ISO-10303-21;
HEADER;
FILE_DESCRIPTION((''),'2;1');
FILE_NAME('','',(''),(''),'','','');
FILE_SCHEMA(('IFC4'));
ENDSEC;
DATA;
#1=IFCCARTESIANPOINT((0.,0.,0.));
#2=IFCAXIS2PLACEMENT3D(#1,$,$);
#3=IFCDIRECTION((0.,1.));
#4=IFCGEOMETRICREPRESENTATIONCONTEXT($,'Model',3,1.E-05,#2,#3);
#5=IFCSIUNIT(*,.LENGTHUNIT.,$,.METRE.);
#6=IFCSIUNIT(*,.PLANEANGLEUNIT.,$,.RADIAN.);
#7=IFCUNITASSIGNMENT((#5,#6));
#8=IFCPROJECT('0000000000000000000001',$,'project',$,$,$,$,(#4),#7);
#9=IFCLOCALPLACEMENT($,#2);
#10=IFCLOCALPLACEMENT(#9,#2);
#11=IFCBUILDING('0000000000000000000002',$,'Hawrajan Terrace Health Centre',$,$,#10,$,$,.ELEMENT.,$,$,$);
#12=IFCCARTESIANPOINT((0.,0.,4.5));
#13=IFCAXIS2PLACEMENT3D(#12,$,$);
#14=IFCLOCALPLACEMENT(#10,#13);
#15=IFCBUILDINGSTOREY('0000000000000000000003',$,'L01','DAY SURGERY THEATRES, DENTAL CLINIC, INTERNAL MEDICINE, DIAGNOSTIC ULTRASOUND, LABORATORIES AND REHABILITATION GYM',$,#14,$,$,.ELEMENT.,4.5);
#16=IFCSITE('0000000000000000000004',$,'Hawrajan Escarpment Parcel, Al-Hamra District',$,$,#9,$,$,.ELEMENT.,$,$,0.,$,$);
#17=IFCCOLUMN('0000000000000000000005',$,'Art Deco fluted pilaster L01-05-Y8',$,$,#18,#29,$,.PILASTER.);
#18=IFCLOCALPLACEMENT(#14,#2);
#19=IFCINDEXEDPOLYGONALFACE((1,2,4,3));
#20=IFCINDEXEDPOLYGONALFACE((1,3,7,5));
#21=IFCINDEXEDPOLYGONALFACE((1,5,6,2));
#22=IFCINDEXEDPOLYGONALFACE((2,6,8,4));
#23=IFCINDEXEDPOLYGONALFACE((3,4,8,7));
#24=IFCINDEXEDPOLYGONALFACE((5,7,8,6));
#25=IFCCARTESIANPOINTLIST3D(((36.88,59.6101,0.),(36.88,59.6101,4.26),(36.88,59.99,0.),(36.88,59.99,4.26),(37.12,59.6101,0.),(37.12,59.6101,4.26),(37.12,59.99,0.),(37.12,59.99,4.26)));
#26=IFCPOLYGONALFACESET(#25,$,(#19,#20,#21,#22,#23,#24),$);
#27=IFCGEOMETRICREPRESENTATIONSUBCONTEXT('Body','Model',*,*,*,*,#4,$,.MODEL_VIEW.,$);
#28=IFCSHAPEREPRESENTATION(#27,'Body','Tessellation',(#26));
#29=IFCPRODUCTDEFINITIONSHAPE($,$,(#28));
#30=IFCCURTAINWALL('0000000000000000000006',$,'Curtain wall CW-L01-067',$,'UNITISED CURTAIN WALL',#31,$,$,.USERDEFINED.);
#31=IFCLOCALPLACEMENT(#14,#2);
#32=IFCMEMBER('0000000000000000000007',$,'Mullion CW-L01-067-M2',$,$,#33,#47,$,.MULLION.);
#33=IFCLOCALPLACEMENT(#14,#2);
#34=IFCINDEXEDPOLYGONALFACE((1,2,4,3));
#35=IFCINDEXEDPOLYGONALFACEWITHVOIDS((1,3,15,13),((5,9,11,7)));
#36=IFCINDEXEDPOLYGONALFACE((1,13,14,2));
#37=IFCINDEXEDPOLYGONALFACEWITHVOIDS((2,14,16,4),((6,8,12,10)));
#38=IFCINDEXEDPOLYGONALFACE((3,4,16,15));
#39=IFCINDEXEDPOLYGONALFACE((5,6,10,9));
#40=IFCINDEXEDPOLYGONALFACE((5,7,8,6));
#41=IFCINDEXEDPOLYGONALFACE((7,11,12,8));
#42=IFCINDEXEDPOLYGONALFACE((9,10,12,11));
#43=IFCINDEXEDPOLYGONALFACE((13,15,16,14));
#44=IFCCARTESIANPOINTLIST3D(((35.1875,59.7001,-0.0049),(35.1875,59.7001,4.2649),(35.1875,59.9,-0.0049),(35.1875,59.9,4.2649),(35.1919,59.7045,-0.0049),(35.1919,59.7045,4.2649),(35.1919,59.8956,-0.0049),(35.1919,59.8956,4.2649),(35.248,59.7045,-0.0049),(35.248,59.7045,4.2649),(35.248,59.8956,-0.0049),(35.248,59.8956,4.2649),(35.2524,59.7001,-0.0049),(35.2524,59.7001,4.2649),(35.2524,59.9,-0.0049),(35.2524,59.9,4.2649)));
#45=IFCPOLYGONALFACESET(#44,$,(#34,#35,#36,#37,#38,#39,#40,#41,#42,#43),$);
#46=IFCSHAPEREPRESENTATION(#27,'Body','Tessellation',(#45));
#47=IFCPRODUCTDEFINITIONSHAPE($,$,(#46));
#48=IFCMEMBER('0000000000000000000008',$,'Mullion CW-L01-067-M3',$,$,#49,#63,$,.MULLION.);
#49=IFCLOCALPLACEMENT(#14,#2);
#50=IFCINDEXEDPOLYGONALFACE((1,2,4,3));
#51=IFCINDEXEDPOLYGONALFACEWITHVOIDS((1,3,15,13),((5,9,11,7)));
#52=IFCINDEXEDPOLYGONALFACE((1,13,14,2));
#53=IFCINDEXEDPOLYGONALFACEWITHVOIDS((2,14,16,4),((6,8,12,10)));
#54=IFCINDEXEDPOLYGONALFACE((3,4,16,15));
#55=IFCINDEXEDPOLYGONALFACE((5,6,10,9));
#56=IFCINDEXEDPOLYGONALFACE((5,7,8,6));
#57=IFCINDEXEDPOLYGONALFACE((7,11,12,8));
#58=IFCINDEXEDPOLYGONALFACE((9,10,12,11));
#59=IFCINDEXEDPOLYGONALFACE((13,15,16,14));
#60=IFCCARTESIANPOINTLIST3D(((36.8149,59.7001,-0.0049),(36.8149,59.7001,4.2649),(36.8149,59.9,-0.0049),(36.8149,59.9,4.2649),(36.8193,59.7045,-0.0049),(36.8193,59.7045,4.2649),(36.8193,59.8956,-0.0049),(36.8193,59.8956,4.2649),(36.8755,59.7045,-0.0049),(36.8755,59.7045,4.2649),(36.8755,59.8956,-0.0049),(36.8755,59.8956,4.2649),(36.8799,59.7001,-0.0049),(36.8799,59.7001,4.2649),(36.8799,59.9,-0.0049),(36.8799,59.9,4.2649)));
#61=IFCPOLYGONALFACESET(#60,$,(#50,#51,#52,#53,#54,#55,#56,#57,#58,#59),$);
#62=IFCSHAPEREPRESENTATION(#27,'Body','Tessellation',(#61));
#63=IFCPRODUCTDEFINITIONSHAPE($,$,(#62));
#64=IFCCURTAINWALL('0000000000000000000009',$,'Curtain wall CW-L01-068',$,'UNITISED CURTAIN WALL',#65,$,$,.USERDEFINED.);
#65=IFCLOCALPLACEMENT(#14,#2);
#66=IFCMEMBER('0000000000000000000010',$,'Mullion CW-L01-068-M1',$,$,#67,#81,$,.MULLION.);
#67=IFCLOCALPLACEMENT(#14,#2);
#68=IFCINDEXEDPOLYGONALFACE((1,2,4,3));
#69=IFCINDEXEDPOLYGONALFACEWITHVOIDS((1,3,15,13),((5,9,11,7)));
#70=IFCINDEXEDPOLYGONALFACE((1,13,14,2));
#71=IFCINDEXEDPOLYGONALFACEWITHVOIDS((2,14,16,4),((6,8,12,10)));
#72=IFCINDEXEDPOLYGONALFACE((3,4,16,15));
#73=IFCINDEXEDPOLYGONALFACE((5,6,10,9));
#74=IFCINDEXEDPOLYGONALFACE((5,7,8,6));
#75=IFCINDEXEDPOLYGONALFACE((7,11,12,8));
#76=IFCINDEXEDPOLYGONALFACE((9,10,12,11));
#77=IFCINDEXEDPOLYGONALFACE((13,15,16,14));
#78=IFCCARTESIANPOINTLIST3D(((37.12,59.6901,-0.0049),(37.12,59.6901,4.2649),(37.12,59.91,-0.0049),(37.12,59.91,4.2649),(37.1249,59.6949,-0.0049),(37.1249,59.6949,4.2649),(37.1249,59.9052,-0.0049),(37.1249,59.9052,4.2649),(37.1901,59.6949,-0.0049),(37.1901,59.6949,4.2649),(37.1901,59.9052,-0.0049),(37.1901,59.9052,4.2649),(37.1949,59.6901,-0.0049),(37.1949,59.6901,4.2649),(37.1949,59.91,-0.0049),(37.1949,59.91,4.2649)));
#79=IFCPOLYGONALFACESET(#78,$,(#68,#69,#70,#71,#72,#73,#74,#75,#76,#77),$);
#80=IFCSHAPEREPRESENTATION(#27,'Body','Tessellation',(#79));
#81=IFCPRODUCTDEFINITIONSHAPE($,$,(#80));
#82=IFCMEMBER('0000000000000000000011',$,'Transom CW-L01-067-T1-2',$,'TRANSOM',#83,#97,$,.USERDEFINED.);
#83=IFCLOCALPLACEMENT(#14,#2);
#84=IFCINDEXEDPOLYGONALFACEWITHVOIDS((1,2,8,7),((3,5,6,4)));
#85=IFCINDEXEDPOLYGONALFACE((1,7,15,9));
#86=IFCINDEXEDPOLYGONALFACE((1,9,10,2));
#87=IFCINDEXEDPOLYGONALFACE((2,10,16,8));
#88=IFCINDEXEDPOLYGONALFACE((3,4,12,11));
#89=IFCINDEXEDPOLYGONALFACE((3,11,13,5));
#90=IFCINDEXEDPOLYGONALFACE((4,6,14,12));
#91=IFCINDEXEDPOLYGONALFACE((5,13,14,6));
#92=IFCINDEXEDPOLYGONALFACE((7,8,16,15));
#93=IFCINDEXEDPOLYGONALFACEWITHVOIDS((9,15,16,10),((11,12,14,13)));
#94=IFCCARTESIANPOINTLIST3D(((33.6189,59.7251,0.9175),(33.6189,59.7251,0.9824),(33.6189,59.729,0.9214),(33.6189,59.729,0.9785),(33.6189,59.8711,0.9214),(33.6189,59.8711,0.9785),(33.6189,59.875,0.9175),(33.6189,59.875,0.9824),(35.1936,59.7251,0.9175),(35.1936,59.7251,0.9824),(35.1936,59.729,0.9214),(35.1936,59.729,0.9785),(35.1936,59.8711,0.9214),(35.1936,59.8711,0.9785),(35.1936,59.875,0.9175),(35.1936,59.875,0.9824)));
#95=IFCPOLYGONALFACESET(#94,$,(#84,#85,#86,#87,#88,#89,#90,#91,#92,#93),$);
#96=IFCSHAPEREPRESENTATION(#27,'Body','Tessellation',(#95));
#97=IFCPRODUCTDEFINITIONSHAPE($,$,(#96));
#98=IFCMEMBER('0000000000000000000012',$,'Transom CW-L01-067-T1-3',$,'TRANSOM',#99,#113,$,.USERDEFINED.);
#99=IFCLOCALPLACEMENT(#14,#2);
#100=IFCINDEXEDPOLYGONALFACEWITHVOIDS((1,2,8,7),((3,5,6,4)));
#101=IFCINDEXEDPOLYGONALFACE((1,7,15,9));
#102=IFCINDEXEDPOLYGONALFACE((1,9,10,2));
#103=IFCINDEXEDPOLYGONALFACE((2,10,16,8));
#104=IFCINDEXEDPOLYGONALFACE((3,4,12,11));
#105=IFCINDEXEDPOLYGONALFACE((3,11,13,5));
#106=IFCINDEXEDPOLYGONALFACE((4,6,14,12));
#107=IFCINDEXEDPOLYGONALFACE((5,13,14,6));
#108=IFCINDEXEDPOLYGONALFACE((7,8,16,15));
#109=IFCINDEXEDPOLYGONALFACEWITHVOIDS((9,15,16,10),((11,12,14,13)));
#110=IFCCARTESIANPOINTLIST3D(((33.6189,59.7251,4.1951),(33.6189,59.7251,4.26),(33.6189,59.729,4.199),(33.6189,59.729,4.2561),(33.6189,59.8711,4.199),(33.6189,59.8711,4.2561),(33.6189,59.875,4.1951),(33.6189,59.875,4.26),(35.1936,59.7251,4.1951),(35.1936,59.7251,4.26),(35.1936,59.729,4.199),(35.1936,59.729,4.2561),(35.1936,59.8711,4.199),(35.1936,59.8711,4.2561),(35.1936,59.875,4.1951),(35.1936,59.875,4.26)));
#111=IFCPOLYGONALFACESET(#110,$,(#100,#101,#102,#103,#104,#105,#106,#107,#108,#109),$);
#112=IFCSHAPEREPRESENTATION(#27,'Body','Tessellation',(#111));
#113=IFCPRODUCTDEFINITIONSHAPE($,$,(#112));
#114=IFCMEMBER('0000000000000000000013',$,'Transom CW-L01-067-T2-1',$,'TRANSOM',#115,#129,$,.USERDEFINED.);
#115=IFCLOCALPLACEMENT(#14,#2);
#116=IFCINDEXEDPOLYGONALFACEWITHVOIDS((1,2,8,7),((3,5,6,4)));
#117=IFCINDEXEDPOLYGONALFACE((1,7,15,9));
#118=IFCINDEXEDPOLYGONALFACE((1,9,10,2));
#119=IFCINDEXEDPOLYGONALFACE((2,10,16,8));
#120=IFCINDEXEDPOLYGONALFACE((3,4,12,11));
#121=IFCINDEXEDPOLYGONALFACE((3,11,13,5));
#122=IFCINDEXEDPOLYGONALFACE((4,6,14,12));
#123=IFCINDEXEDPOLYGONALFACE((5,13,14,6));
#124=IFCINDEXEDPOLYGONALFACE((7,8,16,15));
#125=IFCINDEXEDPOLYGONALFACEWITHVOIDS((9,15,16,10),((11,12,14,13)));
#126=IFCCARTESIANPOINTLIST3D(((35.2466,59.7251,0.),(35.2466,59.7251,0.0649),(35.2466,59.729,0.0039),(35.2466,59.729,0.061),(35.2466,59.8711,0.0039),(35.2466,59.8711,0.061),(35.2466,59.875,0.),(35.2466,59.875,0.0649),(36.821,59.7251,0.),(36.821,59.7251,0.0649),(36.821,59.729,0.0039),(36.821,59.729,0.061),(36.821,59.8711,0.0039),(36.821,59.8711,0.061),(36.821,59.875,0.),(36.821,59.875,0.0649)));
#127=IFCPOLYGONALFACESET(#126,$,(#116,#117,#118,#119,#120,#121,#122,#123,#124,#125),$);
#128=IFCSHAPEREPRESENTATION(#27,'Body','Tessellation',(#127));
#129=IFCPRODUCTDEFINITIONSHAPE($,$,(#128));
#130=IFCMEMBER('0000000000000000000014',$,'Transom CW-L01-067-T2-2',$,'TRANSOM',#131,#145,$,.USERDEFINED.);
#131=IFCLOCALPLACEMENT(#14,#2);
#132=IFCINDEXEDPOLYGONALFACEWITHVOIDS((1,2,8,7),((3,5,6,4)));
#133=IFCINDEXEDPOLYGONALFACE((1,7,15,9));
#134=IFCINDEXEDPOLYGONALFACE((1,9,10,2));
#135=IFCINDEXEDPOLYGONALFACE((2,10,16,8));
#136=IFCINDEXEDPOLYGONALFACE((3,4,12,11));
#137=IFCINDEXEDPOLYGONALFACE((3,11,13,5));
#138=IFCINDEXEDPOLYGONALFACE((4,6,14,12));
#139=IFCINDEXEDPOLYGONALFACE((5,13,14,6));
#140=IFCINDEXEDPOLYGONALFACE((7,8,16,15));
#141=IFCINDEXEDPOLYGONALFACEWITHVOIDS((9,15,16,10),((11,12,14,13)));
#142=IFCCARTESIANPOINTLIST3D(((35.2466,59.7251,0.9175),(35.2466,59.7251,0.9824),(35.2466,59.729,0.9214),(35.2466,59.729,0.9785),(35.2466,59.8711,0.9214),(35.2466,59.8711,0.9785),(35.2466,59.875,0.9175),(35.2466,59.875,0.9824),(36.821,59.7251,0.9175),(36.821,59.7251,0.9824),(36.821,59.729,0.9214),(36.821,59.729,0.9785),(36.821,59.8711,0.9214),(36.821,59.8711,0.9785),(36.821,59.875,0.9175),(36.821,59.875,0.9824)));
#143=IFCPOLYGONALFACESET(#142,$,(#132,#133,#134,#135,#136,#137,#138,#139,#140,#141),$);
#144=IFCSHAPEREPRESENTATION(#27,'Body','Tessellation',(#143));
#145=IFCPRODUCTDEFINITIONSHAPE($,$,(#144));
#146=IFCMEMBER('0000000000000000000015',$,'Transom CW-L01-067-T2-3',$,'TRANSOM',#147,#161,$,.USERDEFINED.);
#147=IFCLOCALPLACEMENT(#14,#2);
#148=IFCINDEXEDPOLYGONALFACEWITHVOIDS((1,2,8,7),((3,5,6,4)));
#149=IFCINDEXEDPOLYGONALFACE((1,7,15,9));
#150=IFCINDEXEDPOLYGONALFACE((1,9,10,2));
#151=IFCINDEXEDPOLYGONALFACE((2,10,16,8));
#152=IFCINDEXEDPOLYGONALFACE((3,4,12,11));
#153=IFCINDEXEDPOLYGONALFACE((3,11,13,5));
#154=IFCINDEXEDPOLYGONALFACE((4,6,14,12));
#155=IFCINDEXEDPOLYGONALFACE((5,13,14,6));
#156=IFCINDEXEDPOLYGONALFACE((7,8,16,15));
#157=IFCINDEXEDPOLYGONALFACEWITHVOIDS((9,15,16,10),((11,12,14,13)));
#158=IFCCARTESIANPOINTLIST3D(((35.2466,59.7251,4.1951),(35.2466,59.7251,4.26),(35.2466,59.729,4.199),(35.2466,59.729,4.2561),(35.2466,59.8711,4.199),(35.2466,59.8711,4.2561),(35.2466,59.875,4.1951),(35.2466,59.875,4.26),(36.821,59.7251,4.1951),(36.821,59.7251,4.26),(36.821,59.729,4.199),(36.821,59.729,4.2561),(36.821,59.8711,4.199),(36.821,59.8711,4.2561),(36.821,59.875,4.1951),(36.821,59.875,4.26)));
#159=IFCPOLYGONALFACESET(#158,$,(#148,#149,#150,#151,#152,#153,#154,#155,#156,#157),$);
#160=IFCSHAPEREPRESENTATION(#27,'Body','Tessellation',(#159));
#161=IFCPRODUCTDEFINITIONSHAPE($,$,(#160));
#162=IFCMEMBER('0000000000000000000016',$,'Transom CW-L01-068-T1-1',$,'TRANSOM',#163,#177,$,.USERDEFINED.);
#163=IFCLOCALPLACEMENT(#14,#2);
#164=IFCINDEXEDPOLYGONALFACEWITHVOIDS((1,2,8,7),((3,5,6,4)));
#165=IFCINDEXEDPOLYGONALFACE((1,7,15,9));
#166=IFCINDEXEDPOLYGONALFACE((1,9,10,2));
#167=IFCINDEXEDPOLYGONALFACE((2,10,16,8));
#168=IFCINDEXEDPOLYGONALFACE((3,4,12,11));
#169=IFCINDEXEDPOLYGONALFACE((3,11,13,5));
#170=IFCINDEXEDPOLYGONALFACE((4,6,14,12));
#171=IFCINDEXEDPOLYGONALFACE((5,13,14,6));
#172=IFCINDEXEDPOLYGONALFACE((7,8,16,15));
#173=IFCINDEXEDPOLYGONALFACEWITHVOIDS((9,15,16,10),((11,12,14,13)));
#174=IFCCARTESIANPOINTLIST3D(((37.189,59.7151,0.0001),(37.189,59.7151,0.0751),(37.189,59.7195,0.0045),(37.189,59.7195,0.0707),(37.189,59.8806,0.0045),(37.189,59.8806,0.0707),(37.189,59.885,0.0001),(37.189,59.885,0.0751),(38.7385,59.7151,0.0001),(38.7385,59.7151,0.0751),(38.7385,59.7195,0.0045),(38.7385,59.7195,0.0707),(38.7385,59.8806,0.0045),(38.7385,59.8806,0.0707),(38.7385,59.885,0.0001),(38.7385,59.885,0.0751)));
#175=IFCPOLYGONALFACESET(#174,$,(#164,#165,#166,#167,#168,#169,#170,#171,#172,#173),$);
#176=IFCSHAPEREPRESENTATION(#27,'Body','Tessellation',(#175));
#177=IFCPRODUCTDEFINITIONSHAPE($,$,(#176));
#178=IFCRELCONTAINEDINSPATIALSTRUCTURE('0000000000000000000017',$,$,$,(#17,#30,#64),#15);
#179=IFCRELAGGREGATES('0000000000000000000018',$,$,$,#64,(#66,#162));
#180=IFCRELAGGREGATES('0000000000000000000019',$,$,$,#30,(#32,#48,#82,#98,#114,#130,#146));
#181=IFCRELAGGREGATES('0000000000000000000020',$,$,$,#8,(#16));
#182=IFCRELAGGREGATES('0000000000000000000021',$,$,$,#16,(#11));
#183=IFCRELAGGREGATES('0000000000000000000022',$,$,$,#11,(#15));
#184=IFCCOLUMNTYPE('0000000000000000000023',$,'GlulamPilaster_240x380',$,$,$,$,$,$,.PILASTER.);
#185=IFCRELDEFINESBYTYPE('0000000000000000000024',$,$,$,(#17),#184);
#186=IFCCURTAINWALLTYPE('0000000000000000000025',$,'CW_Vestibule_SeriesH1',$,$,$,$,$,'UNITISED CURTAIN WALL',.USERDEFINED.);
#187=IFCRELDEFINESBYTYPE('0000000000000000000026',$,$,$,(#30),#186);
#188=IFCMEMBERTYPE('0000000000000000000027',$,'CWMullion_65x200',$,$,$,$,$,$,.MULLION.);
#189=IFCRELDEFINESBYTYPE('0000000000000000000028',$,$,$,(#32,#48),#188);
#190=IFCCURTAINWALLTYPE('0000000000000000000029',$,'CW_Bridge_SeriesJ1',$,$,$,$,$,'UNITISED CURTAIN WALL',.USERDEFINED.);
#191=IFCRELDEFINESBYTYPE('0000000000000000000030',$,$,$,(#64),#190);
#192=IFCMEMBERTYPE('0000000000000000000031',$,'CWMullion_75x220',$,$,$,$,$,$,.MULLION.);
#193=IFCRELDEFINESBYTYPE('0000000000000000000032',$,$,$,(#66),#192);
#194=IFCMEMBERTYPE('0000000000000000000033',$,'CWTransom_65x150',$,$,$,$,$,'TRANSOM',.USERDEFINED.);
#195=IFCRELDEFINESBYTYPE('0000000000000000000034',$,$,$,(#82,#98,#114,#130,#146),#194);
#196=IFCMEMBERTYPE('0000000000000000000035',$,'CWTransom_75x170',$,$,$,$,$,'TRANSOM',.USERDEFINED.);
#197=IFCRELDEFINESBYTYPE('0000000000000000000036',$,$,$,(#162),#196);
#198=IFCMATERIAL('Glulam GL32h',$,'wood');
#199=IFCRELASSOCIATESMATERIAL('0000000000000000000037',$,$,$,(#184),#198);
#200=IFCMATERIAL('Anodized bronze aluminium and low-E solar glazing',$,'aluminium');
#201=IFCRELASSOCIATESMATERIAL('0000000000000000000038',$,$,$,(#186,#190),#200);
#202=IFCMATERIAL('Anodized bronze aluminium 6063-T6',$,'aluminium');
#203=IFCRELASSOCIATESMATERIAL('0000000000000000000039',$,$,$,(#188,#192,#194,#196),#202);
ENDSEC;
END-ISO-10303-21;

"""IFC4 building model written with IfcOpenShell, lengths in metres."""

from ifc_helpers import new_model, si_unit, direction, frame, origin, origin_2d, place, context, subcontext, project, spatial, rectangle, hollow_rectangle, extrude, material, material_profile, profile_set, type_object, element, aggregate, save


model = new_model("IFC4")

# Units and contexts
model_context = context("Model", 3, precision=1e-05, world=origin(), true_north=direction((0.0, 1.0)))
body_context = subcontext(model_context, "Body", "Model", "MODEL_VIEW")
ifc_project = project(units=[si_unit("LENGTHUNIT", "METRE"), si_unit("PLANEANGLEUNIT", "RADIAN")], contexts=[model_context])

# Site, building, storey
site_placement = place(None, origin())
site = spatial("IfcSite", under=ifc_project, at=site_placement, Name="Hawrajan Escarpment Parcel, Al-Hamra District", CompositionType="ELEMENT", RefElevation=0.0)
building_placement = place(site_placement, origin())
building = spatial("IfcBuilding", under=site, at=building_placement, Name="Hawrajan Terrace Health Centre", CompositionType="ELEMENT")
storey_placement = place(building_placement, frame((0.0, 0.0, 4.5)))
storey = spatial("IfcBuildingStorey", under=building, at=storey_placement, Name="L01", Description="DAY SURGERY THEATRES, DENTAL CLINIC, INTERNAL MEDICINE, DIAGNOSTIC ULTRASOUND, LABORATORIES AND REHABILITATION GYM", CompositionType="ELEMENT", Elevation=4.5)

# Column
ifc_material_1 = material(Name="Glulam GL32h", Category="wood")
ifc_material_profile_1 = material_profile(ifc_material_1, rectangle(XDim=0.24, YDim=0.3799, at=origin_2d()), Name="GL PIL 240x380")
ifc_profile_set_1 = profile_set([ifc_material_profile_1], Name="Glulam GL32h")
column_type = type_object("IfcColumnType", Name="GlulamPilaster_240x380", PredefinedType="PILASTER", material=ifc_profile_set_1)
column_placement = place(storey_placement, frame((37.0, 59.8, 0.0), z_axis=(0.0, 0.0, 1.0), x_axis=(1.0, 0.0, 0.0)))
element("IfcColumn", 1, at=column_placement, inside=storey, type_object=column_type, Name="Art Deco fluted pilaster L01-05-Y8", PredefinedType="PILASTER", context=body_context, shape_type="SweptSolid", body=[
    extrude(rectangle(XDim=0.24, YDim=0.3799, at=origin_2d()), origin(), (0.0, 0.0, 1.0), 4.26),
])

# Curtain wall, members
ifc_material_2 = material(Name="Anodized bronze aluminium and low-E solar glazing", Category="aluminium")
curtain_wall_type_1 = type_object("IfcCurtainWallType", Name="CW_Vestibule_SeriesH1", ElementType="UNITISED CURTAIN WALL", PredefinedType="USERDEFINED", material=ifc_material_2)
curtain_wall_1_placement = place(storey_placement, origin())
curtain_wall_1 = element("IfcCurtainWall", 2, at=curtain_wall_1_placement, inside=storey, type_object=curtain_wall_type_1, Name="Curtain wall CW-L01-067", ObjectType="UNITISED CURTAIN WALL", PredefinedType="USERDEFINED")
ifc_material_3 = material(Name="Anodized bronze aluminium 6063-T6", Category="aluminium")
ifc_material_profile_2 = material_profile(ifc_material_3, hollow_rectangle(XDim=0.0649, YDim=0.2, WallThickness=0.0044, at=origin_2d()), Name="CW MUL 65x200")
ifc_profile_set_2 = profile_set([ifc_material_profile_2], Name="Anodized bronze aluminium 6063-T6")
member_type_1 = type_object("IfcMemberType", Name="CWMullion_65x200", PredefinedType="MULLION", material=ifc_profile_set_2)
member_1_placement = place(storey_placement, frame((35.22, 59.8, -0.0049), z_axis=(0.0, 0.0, 1.0), x_axis=(1.0, 0.0, 0.0)))
member_1 = element("IfcMember", 3, at=member_1_placement, type_object=member_type_1, Name="Mullion CW-L01-067-M2", PredefinedType="MULLION", context=body_context, shape_type="SweptSolid", body=[
    extrude(hollow_rectangle(XDim=0.0649, YDim=0.2, WallThickness=0.0044, at=origin_2d()), origin(), (0.0, 0.0, 1.0), 4.2698),
])
member_2_placement = place(storey_placement, frame((36.8474, 59.8, -0.0049), z_axis=(0.0, 0.0, 1.0), x_axis=(1.0, 0.0, 0.0)))
member_2 = element("IfcMember", 4, at=member_2_placement, type_object=member_type_1, Name="Mullion CW-L01-067-M3", PredefinedType="MULLION", context=body_context, shape_type="SweptSolid", body=[
    extrude(hollow_rectangle(XDim=0.0649, YDim=0.2, WallThickness=0.0044, at=origin_2d()), origin(), (0.0, 0.0, 1.0), 4.2698),
])

# Curtain wall, member
curtain_wall_type_2 = type_object("IfcCurtainWallType", Name="CW_Bridge_SeriesJ1", ElementType="UNITISED CURTAIN WALL", PredefinedType="USERDEFINED", material=ifc_material_2)
curtain_wall_2_placement = place(storey_placement, origin())
curtain_wall_2 = element("IfcCurtainWall", 5, at=curtain_wall_2_placement, inside=storey, type_object=curtain_wall_type_2, Name="Curtain wall CW-L01-068", ObjectType="UNITISED CURTAIN WALL", PredefinedType="USERDEFINED")
ifc_material_profile_3 = material_profile(ifc_material_3, hollow_rectangle(XDim=0.075, YDim=0.22, WallThickness=0.0049, at=origin_2d()), Name="CW MUL 75x220")
ifc_profile_set_3 = profile_set([ifc_material_profile_3], Name="Anodized bronze aluminium 6063-T6")
member_type_2 = type_object("IfcMemberType", Name="CWMullion_75x220", PredefinedType="MULLION", material=ifc_profile_set_3)
member_3_placement = place(storey_placement, frame((37.1575, 59.8, -0.0049), z_axis=(0.0, 0.0, 1.0), x_axis=(1.0, 0.0, 0.0)))
member_3 = element("IfcMember", 6, at=member_3_placement, type_object=member_type_2, Name="Mullion CW-L01-068-M1", PredefinedType="MULLION", context=body_context, shape_type="SweptSolid", body=[
    extrude(hollow_rectangle(XDim=0.075, YDim=0.22, WallThickness=0.0049, at=origin_2d()), origin(), (0.0, 0.0, 1.0), 4.2698),
])

# Members
ifc_material_profile_4 = material_profile(ifc_material_3, hollow_rectangle(XDim=0.0649, YDim=0.1499, WallThickness=0.0039, at=origin_2d()), Name="CW TRN 65x150")
ifc_profile_set_4 = profile_set([ifc_material_profile_4], Name="Anodized bronze aluminium 6063-T6")
member_type_3 = type_object("IfcMemberType", Name="CWTransom_65x150", ElementType="TRANSOM", PredefinedType="USERDEFINED", material=ifc_profile_set_4)
member_4_placement = place(storey_placement, frame((33.6189, 59.8, 0.95), z_axis=(1.0, 0.0, 0.0), x_axis=(0.0, 0.0, 1.0)))
member_4 = element("IfcMember", 7, at=member_4_placement, type_object=member_type_3, Name="Transom CW-L01-067-T1-2", ObjectType="TRANSOM", PredefinedType="USERDEFINED", context=body_context, shape_type="SweptSolid", body=[
    extrude(hollow_rectangle(XDim=0.0649, YDim=0.1499, WallThickness=0.0039, at=origin_2d()), origin(), (0.0, 0.0, 1.0), 1.5747),
])
member_5_placement = place(storey_placement, frame((33.6189, 59.8, 4.2275), z_axis=(1.0, 0.0, 0.0), x_axis=(0.0, 0.0, 1.0)))
member_5 = element("IfcMember", 8, at=member_5_placement, type_object=member_type_3, Name="Transom CW-L01-067-T1-3", ObjectType="TRANSOM", PredefinedType="USERDEFINED", context=body_context, shape_type="SweptSolid", body=[
    extrude(hollow_rectangle(XDim=0.0649, YDim=0.1499, WallThickness=0.0039, at=origin_2d()), origin(), (0.0, 0.0, 1.0), 1.5747),
])
member_6_placement = place(storey_placement, frame((35.2466, 59.8, 0.0325), z_axis=(1.0, 0.0, 0.0), x_axis=(0.0, 0.0, 1.0)))
member_6 = element("IfcMember", 9, at=member_6_placement, type_object=member_type_3, Name="Transom CW-L01-067-T2-1", ObjectType="TRANSOM", PredefinedType="USERDEFINED", context=body_context, shape_type="SweptSolid", body=[
    extrude(hollow_rectangle(XDim=0.0649, YDim=0.1499, WallThickness=0.0039, at=origin_2d()), origin(), (0.0, 0.0, 1.0), 1.5745),
])
member_7_placement = place(storey_placement, frame((35.2466, 59.8, 0.95), z_axis=(1.0, 0.0, 0.0), x_axis=(0.0, 0.0, 1.0)))
member_7 = element("IfcMember", 10, at=member_7_placement, type_object=member_type_3, Name="Transom CW-L01-067-T2-2", ObjectType="TRANSOM", PredefinedType="USERDEFINED", context=body_context, shape_type="SweptSolid", body=[
    extrude(hollow_rectangle(XDim=0.0649, YDim=0.1499, WallThickness=0.0039, at=origin_2d()), origin(), (0.0, 0.0, 1.0), 1.5745),
])
member_8_placement = place(storey_placement, frame((35.2466, 59.8, 4.2275), z_axis=(1.0, 0.0, 0.0), x_axis=(0.0, 0.0, 1.0)))
member_8 = element("IfcMember", 11, at=member_8_placement, type_object=member_type_3, Name="Transom CW-L01-067-T2-3", ObjectType="TRANSOM", PredefinedType="USERDEFINED", context=body_context, shape_type="SweptSolid", body=[
    extrude(hollow_rectangle(XDim=0.0649, YDim=0.1499, WallThickness=0.0039, at=origin_2d()), origin(), (0.0, 0.0, 1.0), 1.5745),
])
ifc_material_profile_5 = material_profile(ifc_material_3, hollow_rectangle(XDim=0.075, YDim=0.1699, WallThickness=0.0044, at=origin_2d()), Name="CW TRN 75x170")
ifc_profile_set_5 = profile_set([ifc_material_profile_5], Name="Anodized bronze aluminium 6063-T6")
member_type_4 = type_object("IfcMemberType", Name="CWTransom_75x170", ElementType="TRANSOM", PredefinedType="USERDEFINED", material=ifc_profile_set_5)
member_9_placement = place(storey_placement, frame((37.189, 59.8, 0.0376), z_axis=(1.0, 0.0, 0.0), x_axis=(0.0, 0.0, 1.0)))
member_9 = element("IfcMember", 12, at=member_9_placement, type_object=member_type_4, Name="Transom CW-L01-068-T1-1", ObjectType="TRANSOM", PredefinedType="USERDEFINED", context=body_context, shape_type="SweptSolid", body=[
    extrude(hollow_rectangle(XDim=0.075, YDim=0.1699, WallThickness=0.0044, at=origin_2d()), origin(), (0.0, 0.0, 1.0), 1.5496),
])

aggregate(curtain_wall_2, [member_3, member_9])
aggregate(curtain_wall_1, [member_1, member_2, member_4, member_5, member_6, member_7, member_8])

save(model, "model.ifc")
